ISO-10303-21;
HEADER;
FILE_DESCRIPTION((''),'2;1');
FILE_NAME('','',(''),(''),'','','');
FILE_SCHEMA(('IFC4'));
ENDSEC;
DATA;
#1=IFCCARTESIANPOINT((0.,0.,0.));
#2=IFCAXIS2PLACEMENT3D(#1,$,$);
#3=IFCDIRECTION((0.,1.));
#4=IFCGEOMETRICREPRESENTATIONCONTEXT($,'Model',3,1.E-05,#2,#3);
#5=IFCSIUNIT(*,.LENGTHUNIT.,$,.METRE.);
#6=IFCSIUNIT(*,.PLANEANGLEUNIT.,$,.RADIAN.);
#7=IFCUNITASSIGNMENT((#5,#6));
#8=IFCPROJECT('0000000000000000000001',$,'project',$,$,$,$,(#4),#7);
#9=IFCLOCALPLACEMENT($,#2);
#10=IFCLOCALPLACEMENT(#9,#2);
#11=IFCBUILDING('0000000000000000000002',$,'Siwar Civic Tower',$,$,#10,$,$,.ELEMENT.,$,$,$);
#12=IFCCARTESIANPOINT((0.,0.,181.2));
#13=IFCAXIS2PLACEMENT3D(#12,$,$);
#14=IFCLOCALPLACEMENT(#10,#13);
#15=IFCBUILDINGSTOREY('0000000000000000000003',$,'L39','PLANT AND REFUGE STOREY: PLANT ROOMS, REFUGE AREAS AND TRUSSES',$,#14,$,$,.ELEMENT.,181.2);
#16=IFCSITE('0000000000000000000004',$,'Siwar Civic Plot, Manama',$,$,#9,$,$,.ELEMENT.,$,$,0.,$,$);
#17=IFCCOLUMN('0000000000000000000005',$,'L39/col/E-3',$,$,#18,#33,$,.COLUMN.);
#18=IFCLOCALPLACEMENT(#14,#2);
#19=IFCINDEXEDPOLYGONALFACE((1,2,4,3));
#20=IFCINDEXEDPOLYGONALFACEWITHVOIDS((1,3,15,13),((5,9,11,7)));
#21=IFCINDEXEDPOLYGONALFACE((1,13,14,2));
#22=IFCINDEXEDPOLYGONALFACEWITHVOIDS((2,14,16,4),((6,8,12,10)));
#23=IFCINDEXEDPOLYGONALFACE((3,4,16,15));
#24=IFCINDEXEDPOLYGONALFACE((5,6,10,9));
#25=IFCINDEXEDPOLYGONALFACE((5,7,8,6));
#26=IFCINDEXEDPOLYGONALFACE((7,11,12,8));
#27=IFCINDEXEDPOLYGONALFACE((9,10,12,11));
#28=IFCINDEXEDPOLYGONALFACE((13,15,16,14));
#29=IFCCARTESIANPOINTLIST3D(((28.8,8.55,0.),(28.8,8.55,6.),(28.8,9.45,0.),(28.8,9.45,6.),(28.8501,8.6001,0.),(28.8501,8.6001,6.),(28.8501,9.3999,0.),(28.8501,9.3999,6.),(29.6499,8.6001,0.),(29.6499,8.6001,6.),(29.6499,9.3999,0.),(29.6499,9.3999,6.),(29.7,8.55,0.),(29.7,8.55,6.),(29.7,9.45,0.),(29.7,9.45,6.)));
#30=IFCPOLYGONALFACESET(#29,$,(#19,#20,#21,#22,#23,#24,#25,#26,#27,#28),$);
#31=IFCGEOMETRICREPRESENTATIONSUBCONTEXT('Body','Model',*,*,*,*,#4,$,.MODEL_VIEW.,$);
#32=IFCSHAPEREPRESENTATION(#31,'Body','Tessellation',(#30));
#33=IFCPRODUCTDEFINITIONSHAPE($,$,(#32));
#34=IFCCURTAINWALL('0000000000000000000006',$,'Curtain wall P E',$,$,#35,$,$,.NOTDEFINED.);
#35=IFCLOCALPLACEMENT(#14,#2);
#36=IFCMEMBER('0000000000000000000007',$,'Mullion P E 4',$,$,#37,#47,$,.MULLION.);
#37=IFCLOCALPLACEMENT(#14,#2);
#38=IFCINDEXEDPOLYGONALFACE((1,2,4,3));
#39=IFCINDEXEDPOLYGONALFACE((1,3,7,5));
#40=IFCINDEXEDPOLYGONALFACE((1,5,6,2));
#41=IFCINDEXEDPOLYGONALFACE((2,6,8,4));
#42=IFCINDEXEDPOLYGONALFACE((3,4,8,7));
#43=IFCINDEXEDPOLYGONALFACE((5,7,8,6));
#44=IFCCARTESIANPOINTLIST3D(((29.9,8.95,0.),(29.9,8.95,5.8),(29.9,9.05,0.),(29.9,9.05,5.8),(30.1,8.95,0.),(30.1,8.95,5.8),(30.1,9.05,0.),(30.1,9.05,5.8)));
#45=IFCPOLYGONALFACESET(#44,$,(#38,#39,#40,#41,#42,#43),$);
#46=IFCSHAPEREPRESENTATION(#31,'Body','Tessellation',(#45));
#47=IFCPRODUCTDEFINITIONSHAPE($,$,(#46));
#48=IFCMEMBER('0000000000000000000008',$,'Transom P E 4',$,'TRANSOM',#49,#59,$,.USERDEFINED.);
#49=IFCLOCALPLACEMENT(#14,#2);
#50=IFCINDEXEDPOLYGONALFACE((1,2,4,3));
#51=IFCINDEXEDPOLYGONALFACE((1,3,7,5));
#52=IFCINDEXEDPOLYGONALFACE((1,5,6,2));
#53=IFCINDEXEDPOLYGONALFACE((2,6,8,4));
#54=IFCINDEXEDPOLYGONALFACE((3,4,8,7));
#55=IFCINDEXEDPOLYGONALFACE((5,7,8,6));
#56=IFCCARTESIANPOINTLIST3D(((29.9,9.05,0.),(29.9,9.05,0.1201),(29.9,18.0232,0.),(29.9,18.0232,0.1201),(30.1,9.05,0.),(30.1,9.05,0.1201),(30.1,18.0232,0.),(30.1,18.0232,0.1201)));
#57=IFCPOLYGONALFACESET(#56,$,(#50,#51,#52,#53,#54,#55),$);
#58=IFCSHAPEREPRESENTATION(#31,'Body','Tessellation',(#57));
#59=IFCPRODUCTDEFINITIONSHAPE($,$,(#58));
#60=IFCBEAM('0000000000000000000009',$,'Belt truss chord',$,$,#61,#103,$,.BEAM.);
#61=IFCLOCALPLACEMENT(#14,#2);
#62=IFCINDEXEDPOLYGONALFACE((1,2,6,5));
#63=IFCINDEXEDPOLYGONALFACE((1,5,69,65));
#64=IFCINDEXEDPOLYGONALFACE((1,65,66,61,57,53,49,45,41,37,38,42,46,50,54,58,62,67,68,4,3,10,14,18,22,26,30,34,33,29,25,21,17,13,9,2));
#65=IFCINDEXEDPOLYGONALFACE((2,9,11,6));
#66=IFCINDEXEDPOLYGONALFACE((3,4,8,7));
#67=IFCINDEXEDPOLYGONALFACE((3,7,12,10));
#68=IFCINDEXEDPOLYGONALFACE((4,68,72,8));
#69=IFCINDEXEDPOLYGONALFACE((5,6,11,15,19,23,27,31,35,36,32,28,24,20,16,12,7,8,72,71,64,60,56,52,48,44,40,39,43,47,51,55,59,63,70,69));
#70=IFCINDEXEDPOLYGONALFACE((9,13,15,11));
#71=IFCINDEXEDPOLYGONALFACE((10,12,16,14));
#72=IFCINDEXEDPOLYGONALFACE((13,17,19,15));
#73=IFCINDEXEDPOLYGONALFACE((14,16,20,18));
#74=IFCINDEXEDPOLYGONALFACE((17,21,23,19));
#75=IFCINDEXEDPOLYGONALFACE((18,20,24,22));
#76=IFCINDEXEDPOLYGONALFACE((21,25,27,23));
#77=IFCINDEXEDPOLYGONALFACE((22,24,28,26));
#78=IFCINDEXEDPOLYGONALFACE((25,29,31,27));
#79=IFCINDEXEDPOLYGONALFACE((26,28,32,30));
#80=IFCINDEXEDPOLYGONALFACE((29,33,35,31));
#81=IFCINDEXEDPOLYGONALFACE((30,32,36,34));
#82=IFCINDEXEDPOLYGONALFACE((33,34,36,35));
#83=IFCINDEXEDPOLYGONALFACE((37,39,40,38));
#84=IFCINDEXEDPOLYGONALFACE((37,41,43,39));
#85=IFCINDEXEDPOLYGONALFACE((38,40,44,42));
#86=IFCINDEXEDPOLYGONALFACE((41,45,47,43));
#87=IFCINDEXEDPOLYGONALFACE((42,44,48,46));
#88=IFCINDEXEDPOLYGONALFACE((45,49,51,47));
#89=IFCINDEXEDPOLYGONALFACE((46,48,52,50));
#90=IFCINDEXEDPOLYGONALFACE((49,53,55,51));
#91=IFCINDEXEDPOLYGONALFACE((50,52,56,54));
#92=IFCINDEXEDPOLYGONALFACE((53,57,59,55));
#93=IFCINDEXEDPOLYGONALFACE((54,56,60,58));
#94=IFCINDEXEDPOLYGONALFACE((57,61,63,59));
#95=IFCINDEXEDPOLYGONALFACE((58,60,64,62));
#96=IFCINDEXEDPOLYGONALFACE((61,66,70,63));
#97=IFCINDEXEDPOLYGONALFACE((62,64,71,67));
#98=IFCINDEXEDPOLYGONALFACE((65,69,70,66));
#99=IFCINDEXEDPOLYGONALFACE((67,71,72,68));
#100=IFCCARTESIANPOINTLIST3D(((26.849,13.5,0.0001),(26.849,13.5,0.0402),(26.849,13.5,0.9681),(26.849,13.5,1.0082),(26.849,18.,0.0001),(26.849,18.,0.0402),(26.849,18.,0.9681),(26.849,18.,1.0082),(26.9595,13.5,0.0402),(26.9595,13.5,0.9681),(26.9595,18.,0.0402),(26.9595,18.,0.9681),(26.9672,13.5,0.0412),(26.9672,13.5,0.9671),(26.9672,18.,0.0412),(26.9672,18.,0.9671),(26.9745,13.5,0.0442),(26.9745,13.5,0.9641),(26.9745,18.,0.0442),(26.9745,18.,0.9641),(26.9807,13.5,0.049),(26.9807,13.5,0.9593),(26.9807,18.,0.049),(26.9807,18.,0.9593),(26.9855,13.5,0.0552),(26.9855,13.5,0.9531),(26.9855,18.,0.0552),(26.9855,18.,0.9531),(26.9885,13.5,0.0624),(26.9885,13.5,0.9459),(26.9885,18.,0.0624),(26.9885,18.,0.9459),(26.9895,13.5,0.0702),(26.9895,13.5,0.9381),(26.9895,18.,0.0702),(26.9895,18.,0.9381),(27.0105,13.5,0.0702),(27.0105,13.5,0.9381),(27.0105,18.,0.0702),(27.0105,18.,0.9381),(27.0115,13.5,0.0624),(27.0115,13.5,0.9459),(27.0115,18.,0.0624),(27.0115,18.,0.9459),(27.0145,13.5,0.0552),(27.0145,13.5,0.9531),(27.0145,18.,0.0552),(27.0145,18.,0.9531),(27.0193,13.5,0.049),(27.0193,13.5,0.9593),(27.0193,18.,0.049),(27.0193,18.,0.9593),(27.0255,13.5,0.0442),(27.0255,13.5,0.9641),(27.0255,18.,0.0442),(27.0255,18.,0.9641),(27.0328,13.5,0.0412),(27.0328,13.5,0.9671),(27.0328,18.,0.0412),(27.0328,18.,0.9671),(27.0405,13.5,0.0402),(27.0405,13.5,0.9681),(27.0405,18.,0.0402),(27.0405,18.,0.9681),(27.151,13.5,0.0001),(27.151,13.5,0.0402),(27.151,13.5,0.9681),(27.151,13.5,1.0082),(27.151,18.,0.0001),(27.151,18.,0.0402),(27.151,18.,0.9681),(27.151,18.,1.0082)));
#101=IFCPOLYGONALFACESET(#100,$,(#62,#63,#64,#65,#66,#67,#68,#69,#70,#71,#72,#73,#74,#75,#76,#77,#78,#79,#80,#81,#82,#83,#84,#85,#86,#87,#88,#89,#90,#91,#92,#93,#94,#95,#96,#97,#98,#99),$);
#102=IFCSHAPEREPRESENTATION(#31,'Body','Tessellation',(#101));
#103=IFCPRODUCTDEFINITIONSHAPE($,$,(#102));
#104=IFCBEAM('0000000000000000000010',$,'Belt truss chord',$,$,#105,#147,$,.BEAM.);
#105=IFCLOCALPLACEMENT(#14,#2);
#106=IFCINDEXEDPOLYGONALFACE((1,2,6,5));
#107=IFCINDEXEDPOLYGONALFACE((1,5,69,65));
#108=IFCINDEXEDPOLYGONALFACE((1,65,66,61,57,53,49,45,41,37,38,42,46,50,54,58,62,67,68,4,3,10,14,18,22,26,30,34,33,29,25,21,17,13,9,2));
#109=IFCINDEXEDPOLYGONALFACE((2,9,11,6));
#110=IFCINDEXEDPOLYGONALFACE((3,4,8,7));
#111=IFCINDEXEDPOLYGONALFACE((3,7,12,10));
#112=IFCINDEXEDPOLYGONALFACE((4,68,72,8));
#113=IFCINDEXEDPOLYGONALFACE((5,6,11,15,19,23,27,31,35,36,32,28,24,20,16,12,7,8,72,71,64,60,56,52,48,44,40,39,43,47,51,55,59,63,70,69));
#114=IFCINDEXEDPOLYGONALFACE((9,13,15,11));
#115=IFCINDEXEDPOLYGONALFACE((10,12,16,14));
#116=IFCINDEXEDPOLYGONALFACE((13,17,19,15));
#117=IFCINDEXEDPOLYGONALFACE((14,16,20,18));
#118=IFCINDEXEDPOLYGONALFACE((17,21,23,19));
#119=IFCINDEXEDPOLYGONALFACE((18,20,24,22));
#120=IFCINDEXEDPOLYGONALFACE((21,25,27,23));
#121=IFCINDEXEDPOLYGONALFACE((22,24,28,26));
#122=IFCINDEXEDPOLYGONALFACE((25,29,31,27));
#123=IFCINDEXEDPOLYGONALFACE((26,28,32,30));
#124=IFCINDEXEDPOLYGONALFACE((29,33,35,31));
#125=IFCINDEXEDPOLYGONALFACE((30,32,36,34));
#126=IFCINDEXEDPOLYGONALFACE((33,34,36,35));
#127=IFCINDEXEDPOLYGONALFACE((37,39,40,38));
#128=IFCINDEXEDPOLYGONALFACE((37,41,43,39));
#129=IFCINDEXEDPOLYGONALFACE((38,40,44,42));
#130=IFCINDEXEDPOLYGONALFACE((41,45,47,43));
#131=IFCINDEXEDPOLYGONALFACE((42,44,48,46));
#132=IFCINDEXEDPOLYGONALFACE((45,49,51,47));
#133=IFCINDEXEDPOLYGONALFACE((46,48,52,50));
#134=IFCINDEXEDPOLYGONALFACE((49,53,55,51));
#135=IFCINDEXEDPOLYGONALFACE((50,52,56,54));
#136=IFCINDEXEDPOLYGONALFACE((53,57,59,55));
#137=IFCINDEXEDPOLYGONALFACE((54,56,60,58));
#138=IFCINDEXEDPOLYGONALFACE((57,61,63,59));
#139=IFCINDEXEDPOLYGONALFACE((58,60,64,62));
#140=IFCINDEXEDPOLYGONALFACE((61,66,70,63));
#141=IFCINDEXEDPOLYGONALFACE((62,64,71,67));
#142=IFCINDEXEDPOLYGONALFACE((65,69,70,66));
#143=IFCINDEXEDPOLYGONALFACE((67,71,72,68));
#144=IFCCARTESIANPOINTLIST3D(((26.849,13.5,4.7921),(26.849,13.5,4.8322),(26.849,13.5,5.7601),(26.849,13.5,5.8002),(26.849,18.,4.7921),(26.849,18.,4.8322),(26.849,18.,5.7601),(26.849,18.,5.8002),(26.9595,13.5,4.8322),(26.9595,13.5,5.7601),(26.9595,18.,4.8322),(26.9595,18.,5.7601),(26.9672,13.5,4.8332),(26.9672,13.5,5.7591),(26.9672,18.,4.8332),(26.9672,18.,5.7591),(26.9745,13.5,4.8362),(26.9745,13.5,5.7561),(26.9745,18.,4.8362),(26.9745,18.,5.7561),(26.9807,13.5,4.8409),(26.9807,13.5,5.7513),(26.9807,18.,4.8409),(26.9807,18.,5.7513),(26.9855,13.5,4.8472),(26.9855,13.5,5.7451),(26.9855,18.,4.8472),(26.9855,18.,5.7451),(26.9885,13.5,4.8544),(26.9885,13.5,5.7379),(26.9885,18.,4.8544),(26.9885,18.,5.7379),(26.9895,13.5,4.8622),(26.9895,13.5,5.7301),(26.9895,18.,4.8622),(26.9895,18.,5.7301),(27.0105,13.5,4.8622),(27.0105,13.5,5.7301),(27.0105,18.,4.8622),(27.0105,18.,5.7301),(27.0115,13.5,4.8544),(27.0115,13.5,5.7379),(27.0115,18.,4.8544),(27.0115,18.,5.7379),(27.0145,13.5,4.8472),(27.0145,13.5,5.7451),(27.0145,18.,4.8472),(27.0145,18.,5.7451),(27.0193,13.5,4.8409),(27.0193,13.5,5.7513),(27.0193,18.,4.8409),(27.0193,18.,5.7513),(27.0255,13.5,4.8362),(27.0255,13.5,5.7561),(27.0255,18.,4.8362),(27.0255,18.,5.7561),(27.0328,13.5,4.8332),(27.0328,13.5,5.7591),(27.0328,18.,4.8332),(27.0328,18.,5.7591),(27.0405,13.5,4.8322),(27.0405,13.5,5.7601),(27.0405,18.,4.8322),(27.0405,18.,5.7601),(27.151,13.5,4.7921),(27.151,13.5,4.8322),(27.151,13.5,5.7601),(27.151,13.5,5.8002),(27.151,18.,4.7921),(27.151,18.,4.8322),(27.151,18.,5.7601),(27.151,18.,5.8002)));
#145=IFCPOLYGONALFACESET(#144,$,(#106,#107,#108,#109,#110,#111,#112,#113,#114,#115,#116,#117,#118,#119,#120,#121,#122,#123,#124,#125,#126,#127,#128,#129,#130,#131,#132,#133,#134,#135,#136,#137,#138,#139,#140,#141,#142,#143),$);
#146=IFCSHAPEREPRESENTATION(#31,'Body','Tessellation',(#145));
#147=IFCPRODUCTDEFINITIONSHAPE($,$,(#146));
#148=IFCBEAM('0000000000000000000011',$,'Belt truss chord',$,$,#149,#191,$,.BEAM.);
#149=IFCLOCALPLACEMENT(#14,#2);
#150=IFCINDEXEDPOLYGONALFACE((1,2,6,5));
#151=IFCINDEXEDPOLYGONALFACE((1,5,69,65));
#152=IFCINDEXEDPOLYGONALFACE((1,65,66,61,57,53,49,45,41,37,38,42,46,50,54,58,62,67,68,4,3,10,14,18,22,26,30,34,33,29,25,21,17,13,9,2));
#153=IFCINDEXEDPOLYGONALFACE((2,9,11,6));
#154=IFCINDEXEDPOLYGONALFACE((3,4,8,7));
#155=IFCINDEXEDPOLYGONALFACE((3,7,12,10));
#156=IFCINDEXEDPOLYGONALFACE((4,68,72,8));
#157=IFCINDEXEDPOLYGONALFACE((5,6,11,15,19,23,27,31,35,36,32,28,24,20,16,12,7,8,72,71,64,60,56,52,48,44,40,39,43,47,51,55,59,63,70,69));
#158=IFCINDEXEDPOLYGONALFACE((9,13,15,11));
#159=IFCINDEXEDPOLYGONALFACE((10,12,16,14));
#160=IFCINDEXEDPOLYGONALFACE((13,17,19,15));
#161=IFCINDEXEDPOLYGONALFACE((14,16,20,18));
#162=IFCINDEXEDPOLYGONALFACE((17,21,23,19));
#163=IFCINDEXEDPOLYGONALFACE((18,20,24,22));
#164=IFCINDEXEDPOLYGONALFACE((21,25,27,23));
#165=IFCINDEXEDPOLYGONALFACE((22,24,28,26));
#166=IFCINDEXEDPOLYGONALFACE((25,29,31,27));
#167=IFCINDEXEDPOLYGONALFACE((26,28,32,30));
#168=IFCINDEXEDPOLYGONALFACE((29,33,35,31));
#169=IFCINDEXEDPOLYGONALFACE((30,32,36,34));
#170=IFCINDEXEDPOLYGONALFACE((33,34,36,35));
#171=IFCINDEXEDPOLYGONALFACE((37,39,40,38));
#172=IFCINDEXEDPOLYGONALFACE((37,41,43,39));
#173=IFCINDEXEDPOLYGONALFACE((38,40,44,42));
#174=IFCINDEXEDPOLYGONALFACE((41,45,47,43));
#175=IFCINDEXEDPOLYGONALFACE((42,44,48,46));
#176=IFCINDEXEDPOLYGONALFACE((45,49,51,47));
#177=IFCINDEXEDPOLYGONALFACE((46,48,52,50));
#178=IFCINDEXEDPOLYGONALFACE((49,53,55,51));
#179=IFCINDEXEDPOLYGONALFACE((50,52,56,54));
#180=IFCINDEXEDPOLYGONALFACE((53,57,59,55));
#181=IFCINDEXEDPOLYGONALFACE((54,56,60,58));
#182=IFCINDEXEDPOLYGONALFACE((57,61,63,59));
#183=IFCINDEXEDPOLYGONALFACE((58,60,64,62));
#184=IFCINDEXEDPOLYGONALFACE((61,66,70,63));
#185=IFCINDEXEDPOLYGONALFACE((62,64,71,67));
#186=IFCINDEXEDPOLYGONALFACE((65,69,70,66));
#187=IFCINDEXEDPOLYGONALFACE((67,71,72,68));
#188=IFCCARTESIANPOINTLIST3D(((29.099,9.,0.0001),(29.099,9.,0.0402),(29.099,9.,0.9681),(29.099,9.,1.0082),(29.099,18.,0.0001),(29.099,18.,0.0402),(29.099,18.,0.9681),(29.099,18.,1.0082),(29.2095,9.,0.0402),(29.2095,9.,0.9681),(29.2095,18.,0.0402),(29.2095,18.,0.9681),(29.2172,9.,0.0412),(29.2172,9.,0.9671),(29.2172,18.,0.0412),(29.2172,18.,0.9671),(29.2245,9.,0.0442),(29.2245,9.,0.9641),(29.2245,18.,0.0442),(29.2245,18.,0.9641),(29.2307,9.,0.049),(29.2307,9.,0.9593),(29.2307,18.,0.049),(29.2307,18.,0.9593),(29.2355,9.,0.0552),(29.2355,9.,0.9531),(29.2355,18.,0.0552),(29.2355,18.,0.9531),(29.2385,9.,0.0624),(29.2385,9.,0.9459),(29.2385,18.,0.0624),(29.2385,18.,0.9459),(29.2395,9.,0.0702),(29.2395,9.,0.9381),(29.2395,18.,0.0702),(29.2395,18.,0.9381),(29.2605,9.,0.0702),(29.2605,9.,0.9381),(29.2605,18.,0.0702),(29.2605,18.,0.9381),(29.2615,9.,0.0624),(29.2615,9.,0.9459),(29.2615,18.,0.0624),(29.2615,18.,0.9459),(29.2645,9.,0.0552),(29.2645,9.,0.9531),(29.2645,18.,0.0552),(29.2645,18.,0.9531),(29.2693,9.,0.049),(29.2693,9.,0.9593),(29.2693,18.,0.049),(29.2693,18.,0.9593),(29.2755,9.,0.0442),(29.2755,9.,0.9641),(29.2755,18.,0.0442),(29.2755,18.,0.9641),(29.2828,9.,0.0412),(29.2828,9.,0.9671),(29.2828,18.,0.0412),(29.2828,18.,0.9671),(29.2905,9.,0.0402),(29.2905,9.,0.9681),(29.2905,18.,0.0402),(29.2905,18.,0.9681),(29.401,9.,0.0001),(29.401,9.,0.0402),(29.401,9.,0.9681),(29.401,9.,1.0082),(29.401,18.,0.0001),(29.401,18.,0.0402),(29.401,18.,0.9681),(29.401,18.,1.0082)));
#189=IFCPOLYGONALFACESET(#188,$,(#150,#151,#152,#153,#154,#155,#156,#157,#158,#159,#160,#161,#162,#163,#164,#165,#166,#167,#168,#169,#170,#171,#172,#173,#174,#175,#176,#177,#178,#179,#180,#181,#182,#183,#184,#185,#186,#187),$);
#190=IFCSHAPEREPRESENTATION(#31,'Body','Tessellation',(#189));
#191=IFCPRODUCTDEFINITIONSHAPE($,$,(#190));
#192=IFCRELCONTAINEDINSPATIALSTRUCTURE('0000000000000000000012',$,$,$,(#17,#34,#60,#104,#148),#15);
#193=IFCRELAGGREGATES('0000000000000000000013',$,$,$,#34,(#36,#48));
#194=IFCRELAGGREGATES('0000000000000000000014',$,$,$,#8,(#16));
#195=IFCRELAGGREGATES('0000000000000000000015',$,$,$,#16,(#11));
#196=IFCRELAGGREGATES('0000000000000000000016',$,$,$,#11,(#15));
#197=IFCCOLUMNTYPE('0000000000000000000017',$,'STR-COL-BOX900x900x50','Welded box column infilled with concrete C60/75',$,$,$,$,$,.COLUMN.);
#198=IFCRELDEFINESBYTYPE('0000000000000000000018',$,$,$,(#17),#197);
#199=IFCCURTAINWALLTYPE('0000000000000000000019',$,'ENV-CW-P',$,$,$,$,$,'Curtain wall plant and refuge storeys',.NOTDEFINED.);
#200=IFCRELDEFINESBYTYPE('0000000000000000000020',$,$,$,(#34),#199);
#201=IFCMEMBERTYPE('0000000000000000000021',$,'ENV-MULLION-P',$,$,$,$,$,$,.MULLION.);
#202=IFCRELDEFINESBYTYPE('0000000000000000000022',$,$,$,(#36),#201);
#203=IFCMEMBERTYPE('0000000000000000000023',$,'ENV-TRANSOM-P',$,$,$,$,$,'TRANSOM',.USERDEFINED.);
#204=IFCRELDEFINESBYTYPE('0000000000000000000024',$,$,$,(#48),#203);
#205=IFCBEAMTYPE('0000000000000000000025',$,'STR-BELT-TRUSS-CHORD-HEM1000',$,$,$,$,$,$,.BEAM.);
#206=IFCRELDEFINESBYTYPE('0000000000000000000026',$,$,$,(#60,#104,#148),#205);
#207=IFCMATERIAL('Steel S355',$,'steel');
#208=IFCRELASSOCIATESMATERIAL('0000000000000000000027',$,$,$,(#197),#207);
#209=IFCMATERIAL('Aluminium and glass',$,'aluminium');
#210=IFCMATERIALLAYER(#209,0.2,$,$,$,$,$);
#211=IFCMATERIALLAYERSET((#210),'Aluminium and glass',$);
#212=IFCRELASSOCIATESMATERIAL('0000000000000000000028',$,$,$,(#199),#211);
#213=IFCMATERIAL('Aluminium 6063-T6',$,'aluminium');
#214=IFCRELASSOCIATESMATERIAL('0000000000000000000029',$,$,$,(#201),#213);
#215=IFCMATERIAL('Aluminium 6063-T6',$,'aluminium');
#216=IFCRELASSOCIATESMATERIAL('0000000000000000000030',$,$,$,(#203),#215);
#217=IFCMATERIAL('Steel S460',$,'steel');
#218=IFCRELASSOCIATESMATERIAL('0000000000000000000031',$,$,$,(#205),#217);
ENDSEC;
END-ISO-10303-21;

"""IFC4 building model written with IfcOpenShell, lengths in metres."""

from ifc_helpers import new_model, si_unit, direction, frame, origin, origin_2d, place, context, subcontext, project, spatial, rectangle, hollow_rectangle, i_section, extrude, material, layer, layer_set, material_profile, profile_set, type_object, element, aggregate, save


model = new_model("IFC4")

# Units and contexts
model_context = context("Model", 3, precision=1e-05, world=origin(), true_north=direction((0.0, 1.0)))
body_context = subcontext(model_context, "Body", "Model", "MODEL_VIEW")
ifc_project = project(units=[si_unit("LENGTHUNIT", "METRE"), si_unit("PLANEANGLEUNIT", "RADIAN")], contexts=[model_context])

# Site, building, storey
site_placement = place(None, origin())
site = spatial("IfcSite", under=ifc_project, at=site_placement, Name="Siwar Civic Plot, Manama", CompositionType="ELEMENT", RefElevation=0.0)
building_placement = place(site_placement, origin())
building = spatial("IfcBuilding", under=site, at=building_placement, Name="Siwar Civic Tower", CompositionType="ELEMENT")
storey_placement = place(building_placement, frame((0.0, 0.0, 181.2)))
storey = spatial("IfcBuildingStorey", under=building, at=storey_placement, Name="L39", Description="PLANT AND REFUGE STOREY: PLANT ROOMS, REFUGE AREAS AND TRUSSES", CompositionType="ELEMENT", Elevation=181.2)

# Column
ifc_material_1 = material(Name="Steel S355", Category="steel")
ifc_material_profile_1 = material_profile(ifc_material_1, hollow_rectangle(XDim=0.8999, YDim=0.8999, WallThickness=0.05, at=origin_2d()), Name="BOX900x900x50")
ifc_profile_set_1 = profile_set([ifc_material_profile_1], Name="Steel S355")
column_type = type_object("IfcColumnType", Name="STR-COL-BOX900x900x50", Description="Welded box column infilled with concrete C60/75", PredefinedType="COLUMN", material=ifc_profile_set_1)
column_placement = place(storey_placement, frame((29.25, 9.0, 0.0), z_axis=(0.0, 0.0, 1.0), x_axis=(1.0, 0.0, 0.0)))
element("IfcColumn", 1, at=column_placement, inside=storey, type_object=column_type, Name="L39/col/E-3", PredefinedType="COLUMN", context=body_context, shape_type="SweptSolid", body=[
    extrude(hollow_rectangle(XDim=0.8999, YDim=0.8999, WallThickness=0.05, at=origin_2d()), origin(), (0.0, 0.0, 1.0), 6.0),
])

# Curtain wall, members
ifc_material_2 = material(Name="Aluminium and glass", Category="aluminium")
ifc_layer_1 = layer(ifc_material_2, 0.2)
ifc_layer_set_1 = layer_set([ifc_layer_1], Name="Aluminium and glass")
curtain_wall_type = type_object("IfcCurtainWallType", Name="ENV-CW-P", ElementType="Curtain wall plant and refuge storeys", PredefinedType="NOTDEFINED", material=ifc_layer_set_1)
curtain_wall_placement = place(storey_placement, origin())
curtain_wall = element("IfcCurtainWall", 2, at=curtain_wall_placement, inside=storey, type_object=curtain_wall_type, Name="Curtain wall P E", PredefinedType="NOTDEFINED")
ifc_material_3 = material(Name="Aluminium 6063-T6", Category="aluminium")
ifc_material_profile_2 = material_profile(ifc_material_3, rectangle(XDim=0.2, YDim=0.1001, at=origin_2d()), Name="AL 200x100")
ifc_profile_set_2 = profile_set([ifc_material_profile_2], Name="Aluminium 6063-T6")
member_type_1 = type_object("IfcMemberType", Name="ENV-MULLION-P", PredefinedType="MULLION", material=ifc_profile_set_2)
member_1_placement = place(storey_placement, frame((30.0, 9.0, 0.0), z_axis=(0.0, 0.0, 1.0), x_axis=(-1.0, 0.0, 0.0)))
member_1 = element("IfcMember", 3, at=member_1_placement, type_object=member_type_1, Name="Mullion P E 4", PredefinedType="MULLION", context=body_context, shape_type="SweptSolid", body=[
    extrude(rectangle(XDim=0.2, YDim=0.1001, at=origin_2d()), origin(), (0.0, 0.0, 1.0), 5.8),
])
ifc_material_4 = material(Name="Aluminium 6063-T6", Category="aluminium")
ifc_material_profile_3 = material_profile(ifc_material_4, rectangle(XDim=0.2, YDim=0.1201, at=origin_2d()), Name="AL 200x120")
ifc_profile_set_3 = profile_set([ifc_material_profile_3], Name="Aluminium 6063-T6")
member_type_2 = type_object("IfcMemberType", Name="ENV-TRANSOM-P", ElementType="TRANSOM", PredefinedType="USERDEFINED", material=ifc_profile_set_3)
member_2_placement = place(storey_placement, frame((30.0, 9.05, 0.0601), z_axis=(0.0, 1.0, 0.0), x_axis=(-1.0, 0.0, 0.0)))
member_2 = element("IfcMember", 4, at=member_2_placement, type_object=member_type_2, Name="Transom P E 4", ObjectType="TRANSOM", PredefinedType="USERDEFINED", context=body_context, shape_type="SweptSolid", body=[
    extrude(rectangle(XDim=0.2, YDim=0.1201, at=origin_2d()), origin(), (0.0, 0.0, 1.0), 8.9731),
])
aggregate(curtain_wall, [member_1, member_2])

# Beams
ifc_material_5 = material(Name="Steel S460", Category="steel")
ifc_material_profile_4 = material_profile(ifc_material_5, i_section(OverallWidth=0.302, OverallDepth=1.0081, WebThickness=0.021, FlangeThickness=0.04, FilletRadius=0.03, at=origin_2d()), Name="HEM1000")
ifc_profile_set_4 = profile_set([ifc_material_profile_4], Name="Steel S460")
beam_type_1 = type_object("IfcBeamType", Name="STR-BELT-TRUSS-CHORD-HEM1000", PredefinedType="BEAM", material=ifc_profile_set_4)
for number, where, z_axis, x_axis, name in (
    (5, (27.0, 13.5, 0.5042), (0.0, 1.0, 0.0), (-1.0, 0.0, 0.0), "Belt truss chord"),
    (6, (27.0, 13.5, 5.2961), (0.0, 1.0, 0.0), (-1.0, 0.0, 0.0), "Belt truss chord"),
):
    element("IfcBeam", number, at=place(storey_placement, frame(where, z_axis=z_axis, x_axis=x_axis)), inside=storey, type_object=beam_type_1, Name=name, PredefinedType="BEAM", context=body_context, shape_type="SweptSolid", body=[
        extrude(i_section(OverallWidth=0.302, OverallDepth=1.0081, WebThickness=0.021, FlangeThickness=0.04, FilletRadius=0.03, at=origin_2d()), origin(), (0.0, 0.0, 1.0), 4.5),
    ])
for number, where, z_axis, x_axis, name in (
    (7, (29.25, 9.0, 0.5042), (0.0, 1.0, 0.0), (-1.0, 0.0, 0.0), "Belt truss chord"),
):
    element("IfcBeam", number, at=place(storey_placement, frame(where, z_axis=z_axis, x_axis=x_axis)), inside=storey, type_object=beam_type_1, Name=name, PredefinedType="BEAM", context=body_context, shape_type="SweptSolid", body=[
        extrude(i_section(OverallWidth=0.302, OverallDepth=1.0081, WebThickness=0.021, FlangeThickness=0.04, FilletRadius=0.03, at=origin_2d()), origin(), (0.0, 0.0, 1.0), 9.0),
    ])

save(model, "model.ifc")
